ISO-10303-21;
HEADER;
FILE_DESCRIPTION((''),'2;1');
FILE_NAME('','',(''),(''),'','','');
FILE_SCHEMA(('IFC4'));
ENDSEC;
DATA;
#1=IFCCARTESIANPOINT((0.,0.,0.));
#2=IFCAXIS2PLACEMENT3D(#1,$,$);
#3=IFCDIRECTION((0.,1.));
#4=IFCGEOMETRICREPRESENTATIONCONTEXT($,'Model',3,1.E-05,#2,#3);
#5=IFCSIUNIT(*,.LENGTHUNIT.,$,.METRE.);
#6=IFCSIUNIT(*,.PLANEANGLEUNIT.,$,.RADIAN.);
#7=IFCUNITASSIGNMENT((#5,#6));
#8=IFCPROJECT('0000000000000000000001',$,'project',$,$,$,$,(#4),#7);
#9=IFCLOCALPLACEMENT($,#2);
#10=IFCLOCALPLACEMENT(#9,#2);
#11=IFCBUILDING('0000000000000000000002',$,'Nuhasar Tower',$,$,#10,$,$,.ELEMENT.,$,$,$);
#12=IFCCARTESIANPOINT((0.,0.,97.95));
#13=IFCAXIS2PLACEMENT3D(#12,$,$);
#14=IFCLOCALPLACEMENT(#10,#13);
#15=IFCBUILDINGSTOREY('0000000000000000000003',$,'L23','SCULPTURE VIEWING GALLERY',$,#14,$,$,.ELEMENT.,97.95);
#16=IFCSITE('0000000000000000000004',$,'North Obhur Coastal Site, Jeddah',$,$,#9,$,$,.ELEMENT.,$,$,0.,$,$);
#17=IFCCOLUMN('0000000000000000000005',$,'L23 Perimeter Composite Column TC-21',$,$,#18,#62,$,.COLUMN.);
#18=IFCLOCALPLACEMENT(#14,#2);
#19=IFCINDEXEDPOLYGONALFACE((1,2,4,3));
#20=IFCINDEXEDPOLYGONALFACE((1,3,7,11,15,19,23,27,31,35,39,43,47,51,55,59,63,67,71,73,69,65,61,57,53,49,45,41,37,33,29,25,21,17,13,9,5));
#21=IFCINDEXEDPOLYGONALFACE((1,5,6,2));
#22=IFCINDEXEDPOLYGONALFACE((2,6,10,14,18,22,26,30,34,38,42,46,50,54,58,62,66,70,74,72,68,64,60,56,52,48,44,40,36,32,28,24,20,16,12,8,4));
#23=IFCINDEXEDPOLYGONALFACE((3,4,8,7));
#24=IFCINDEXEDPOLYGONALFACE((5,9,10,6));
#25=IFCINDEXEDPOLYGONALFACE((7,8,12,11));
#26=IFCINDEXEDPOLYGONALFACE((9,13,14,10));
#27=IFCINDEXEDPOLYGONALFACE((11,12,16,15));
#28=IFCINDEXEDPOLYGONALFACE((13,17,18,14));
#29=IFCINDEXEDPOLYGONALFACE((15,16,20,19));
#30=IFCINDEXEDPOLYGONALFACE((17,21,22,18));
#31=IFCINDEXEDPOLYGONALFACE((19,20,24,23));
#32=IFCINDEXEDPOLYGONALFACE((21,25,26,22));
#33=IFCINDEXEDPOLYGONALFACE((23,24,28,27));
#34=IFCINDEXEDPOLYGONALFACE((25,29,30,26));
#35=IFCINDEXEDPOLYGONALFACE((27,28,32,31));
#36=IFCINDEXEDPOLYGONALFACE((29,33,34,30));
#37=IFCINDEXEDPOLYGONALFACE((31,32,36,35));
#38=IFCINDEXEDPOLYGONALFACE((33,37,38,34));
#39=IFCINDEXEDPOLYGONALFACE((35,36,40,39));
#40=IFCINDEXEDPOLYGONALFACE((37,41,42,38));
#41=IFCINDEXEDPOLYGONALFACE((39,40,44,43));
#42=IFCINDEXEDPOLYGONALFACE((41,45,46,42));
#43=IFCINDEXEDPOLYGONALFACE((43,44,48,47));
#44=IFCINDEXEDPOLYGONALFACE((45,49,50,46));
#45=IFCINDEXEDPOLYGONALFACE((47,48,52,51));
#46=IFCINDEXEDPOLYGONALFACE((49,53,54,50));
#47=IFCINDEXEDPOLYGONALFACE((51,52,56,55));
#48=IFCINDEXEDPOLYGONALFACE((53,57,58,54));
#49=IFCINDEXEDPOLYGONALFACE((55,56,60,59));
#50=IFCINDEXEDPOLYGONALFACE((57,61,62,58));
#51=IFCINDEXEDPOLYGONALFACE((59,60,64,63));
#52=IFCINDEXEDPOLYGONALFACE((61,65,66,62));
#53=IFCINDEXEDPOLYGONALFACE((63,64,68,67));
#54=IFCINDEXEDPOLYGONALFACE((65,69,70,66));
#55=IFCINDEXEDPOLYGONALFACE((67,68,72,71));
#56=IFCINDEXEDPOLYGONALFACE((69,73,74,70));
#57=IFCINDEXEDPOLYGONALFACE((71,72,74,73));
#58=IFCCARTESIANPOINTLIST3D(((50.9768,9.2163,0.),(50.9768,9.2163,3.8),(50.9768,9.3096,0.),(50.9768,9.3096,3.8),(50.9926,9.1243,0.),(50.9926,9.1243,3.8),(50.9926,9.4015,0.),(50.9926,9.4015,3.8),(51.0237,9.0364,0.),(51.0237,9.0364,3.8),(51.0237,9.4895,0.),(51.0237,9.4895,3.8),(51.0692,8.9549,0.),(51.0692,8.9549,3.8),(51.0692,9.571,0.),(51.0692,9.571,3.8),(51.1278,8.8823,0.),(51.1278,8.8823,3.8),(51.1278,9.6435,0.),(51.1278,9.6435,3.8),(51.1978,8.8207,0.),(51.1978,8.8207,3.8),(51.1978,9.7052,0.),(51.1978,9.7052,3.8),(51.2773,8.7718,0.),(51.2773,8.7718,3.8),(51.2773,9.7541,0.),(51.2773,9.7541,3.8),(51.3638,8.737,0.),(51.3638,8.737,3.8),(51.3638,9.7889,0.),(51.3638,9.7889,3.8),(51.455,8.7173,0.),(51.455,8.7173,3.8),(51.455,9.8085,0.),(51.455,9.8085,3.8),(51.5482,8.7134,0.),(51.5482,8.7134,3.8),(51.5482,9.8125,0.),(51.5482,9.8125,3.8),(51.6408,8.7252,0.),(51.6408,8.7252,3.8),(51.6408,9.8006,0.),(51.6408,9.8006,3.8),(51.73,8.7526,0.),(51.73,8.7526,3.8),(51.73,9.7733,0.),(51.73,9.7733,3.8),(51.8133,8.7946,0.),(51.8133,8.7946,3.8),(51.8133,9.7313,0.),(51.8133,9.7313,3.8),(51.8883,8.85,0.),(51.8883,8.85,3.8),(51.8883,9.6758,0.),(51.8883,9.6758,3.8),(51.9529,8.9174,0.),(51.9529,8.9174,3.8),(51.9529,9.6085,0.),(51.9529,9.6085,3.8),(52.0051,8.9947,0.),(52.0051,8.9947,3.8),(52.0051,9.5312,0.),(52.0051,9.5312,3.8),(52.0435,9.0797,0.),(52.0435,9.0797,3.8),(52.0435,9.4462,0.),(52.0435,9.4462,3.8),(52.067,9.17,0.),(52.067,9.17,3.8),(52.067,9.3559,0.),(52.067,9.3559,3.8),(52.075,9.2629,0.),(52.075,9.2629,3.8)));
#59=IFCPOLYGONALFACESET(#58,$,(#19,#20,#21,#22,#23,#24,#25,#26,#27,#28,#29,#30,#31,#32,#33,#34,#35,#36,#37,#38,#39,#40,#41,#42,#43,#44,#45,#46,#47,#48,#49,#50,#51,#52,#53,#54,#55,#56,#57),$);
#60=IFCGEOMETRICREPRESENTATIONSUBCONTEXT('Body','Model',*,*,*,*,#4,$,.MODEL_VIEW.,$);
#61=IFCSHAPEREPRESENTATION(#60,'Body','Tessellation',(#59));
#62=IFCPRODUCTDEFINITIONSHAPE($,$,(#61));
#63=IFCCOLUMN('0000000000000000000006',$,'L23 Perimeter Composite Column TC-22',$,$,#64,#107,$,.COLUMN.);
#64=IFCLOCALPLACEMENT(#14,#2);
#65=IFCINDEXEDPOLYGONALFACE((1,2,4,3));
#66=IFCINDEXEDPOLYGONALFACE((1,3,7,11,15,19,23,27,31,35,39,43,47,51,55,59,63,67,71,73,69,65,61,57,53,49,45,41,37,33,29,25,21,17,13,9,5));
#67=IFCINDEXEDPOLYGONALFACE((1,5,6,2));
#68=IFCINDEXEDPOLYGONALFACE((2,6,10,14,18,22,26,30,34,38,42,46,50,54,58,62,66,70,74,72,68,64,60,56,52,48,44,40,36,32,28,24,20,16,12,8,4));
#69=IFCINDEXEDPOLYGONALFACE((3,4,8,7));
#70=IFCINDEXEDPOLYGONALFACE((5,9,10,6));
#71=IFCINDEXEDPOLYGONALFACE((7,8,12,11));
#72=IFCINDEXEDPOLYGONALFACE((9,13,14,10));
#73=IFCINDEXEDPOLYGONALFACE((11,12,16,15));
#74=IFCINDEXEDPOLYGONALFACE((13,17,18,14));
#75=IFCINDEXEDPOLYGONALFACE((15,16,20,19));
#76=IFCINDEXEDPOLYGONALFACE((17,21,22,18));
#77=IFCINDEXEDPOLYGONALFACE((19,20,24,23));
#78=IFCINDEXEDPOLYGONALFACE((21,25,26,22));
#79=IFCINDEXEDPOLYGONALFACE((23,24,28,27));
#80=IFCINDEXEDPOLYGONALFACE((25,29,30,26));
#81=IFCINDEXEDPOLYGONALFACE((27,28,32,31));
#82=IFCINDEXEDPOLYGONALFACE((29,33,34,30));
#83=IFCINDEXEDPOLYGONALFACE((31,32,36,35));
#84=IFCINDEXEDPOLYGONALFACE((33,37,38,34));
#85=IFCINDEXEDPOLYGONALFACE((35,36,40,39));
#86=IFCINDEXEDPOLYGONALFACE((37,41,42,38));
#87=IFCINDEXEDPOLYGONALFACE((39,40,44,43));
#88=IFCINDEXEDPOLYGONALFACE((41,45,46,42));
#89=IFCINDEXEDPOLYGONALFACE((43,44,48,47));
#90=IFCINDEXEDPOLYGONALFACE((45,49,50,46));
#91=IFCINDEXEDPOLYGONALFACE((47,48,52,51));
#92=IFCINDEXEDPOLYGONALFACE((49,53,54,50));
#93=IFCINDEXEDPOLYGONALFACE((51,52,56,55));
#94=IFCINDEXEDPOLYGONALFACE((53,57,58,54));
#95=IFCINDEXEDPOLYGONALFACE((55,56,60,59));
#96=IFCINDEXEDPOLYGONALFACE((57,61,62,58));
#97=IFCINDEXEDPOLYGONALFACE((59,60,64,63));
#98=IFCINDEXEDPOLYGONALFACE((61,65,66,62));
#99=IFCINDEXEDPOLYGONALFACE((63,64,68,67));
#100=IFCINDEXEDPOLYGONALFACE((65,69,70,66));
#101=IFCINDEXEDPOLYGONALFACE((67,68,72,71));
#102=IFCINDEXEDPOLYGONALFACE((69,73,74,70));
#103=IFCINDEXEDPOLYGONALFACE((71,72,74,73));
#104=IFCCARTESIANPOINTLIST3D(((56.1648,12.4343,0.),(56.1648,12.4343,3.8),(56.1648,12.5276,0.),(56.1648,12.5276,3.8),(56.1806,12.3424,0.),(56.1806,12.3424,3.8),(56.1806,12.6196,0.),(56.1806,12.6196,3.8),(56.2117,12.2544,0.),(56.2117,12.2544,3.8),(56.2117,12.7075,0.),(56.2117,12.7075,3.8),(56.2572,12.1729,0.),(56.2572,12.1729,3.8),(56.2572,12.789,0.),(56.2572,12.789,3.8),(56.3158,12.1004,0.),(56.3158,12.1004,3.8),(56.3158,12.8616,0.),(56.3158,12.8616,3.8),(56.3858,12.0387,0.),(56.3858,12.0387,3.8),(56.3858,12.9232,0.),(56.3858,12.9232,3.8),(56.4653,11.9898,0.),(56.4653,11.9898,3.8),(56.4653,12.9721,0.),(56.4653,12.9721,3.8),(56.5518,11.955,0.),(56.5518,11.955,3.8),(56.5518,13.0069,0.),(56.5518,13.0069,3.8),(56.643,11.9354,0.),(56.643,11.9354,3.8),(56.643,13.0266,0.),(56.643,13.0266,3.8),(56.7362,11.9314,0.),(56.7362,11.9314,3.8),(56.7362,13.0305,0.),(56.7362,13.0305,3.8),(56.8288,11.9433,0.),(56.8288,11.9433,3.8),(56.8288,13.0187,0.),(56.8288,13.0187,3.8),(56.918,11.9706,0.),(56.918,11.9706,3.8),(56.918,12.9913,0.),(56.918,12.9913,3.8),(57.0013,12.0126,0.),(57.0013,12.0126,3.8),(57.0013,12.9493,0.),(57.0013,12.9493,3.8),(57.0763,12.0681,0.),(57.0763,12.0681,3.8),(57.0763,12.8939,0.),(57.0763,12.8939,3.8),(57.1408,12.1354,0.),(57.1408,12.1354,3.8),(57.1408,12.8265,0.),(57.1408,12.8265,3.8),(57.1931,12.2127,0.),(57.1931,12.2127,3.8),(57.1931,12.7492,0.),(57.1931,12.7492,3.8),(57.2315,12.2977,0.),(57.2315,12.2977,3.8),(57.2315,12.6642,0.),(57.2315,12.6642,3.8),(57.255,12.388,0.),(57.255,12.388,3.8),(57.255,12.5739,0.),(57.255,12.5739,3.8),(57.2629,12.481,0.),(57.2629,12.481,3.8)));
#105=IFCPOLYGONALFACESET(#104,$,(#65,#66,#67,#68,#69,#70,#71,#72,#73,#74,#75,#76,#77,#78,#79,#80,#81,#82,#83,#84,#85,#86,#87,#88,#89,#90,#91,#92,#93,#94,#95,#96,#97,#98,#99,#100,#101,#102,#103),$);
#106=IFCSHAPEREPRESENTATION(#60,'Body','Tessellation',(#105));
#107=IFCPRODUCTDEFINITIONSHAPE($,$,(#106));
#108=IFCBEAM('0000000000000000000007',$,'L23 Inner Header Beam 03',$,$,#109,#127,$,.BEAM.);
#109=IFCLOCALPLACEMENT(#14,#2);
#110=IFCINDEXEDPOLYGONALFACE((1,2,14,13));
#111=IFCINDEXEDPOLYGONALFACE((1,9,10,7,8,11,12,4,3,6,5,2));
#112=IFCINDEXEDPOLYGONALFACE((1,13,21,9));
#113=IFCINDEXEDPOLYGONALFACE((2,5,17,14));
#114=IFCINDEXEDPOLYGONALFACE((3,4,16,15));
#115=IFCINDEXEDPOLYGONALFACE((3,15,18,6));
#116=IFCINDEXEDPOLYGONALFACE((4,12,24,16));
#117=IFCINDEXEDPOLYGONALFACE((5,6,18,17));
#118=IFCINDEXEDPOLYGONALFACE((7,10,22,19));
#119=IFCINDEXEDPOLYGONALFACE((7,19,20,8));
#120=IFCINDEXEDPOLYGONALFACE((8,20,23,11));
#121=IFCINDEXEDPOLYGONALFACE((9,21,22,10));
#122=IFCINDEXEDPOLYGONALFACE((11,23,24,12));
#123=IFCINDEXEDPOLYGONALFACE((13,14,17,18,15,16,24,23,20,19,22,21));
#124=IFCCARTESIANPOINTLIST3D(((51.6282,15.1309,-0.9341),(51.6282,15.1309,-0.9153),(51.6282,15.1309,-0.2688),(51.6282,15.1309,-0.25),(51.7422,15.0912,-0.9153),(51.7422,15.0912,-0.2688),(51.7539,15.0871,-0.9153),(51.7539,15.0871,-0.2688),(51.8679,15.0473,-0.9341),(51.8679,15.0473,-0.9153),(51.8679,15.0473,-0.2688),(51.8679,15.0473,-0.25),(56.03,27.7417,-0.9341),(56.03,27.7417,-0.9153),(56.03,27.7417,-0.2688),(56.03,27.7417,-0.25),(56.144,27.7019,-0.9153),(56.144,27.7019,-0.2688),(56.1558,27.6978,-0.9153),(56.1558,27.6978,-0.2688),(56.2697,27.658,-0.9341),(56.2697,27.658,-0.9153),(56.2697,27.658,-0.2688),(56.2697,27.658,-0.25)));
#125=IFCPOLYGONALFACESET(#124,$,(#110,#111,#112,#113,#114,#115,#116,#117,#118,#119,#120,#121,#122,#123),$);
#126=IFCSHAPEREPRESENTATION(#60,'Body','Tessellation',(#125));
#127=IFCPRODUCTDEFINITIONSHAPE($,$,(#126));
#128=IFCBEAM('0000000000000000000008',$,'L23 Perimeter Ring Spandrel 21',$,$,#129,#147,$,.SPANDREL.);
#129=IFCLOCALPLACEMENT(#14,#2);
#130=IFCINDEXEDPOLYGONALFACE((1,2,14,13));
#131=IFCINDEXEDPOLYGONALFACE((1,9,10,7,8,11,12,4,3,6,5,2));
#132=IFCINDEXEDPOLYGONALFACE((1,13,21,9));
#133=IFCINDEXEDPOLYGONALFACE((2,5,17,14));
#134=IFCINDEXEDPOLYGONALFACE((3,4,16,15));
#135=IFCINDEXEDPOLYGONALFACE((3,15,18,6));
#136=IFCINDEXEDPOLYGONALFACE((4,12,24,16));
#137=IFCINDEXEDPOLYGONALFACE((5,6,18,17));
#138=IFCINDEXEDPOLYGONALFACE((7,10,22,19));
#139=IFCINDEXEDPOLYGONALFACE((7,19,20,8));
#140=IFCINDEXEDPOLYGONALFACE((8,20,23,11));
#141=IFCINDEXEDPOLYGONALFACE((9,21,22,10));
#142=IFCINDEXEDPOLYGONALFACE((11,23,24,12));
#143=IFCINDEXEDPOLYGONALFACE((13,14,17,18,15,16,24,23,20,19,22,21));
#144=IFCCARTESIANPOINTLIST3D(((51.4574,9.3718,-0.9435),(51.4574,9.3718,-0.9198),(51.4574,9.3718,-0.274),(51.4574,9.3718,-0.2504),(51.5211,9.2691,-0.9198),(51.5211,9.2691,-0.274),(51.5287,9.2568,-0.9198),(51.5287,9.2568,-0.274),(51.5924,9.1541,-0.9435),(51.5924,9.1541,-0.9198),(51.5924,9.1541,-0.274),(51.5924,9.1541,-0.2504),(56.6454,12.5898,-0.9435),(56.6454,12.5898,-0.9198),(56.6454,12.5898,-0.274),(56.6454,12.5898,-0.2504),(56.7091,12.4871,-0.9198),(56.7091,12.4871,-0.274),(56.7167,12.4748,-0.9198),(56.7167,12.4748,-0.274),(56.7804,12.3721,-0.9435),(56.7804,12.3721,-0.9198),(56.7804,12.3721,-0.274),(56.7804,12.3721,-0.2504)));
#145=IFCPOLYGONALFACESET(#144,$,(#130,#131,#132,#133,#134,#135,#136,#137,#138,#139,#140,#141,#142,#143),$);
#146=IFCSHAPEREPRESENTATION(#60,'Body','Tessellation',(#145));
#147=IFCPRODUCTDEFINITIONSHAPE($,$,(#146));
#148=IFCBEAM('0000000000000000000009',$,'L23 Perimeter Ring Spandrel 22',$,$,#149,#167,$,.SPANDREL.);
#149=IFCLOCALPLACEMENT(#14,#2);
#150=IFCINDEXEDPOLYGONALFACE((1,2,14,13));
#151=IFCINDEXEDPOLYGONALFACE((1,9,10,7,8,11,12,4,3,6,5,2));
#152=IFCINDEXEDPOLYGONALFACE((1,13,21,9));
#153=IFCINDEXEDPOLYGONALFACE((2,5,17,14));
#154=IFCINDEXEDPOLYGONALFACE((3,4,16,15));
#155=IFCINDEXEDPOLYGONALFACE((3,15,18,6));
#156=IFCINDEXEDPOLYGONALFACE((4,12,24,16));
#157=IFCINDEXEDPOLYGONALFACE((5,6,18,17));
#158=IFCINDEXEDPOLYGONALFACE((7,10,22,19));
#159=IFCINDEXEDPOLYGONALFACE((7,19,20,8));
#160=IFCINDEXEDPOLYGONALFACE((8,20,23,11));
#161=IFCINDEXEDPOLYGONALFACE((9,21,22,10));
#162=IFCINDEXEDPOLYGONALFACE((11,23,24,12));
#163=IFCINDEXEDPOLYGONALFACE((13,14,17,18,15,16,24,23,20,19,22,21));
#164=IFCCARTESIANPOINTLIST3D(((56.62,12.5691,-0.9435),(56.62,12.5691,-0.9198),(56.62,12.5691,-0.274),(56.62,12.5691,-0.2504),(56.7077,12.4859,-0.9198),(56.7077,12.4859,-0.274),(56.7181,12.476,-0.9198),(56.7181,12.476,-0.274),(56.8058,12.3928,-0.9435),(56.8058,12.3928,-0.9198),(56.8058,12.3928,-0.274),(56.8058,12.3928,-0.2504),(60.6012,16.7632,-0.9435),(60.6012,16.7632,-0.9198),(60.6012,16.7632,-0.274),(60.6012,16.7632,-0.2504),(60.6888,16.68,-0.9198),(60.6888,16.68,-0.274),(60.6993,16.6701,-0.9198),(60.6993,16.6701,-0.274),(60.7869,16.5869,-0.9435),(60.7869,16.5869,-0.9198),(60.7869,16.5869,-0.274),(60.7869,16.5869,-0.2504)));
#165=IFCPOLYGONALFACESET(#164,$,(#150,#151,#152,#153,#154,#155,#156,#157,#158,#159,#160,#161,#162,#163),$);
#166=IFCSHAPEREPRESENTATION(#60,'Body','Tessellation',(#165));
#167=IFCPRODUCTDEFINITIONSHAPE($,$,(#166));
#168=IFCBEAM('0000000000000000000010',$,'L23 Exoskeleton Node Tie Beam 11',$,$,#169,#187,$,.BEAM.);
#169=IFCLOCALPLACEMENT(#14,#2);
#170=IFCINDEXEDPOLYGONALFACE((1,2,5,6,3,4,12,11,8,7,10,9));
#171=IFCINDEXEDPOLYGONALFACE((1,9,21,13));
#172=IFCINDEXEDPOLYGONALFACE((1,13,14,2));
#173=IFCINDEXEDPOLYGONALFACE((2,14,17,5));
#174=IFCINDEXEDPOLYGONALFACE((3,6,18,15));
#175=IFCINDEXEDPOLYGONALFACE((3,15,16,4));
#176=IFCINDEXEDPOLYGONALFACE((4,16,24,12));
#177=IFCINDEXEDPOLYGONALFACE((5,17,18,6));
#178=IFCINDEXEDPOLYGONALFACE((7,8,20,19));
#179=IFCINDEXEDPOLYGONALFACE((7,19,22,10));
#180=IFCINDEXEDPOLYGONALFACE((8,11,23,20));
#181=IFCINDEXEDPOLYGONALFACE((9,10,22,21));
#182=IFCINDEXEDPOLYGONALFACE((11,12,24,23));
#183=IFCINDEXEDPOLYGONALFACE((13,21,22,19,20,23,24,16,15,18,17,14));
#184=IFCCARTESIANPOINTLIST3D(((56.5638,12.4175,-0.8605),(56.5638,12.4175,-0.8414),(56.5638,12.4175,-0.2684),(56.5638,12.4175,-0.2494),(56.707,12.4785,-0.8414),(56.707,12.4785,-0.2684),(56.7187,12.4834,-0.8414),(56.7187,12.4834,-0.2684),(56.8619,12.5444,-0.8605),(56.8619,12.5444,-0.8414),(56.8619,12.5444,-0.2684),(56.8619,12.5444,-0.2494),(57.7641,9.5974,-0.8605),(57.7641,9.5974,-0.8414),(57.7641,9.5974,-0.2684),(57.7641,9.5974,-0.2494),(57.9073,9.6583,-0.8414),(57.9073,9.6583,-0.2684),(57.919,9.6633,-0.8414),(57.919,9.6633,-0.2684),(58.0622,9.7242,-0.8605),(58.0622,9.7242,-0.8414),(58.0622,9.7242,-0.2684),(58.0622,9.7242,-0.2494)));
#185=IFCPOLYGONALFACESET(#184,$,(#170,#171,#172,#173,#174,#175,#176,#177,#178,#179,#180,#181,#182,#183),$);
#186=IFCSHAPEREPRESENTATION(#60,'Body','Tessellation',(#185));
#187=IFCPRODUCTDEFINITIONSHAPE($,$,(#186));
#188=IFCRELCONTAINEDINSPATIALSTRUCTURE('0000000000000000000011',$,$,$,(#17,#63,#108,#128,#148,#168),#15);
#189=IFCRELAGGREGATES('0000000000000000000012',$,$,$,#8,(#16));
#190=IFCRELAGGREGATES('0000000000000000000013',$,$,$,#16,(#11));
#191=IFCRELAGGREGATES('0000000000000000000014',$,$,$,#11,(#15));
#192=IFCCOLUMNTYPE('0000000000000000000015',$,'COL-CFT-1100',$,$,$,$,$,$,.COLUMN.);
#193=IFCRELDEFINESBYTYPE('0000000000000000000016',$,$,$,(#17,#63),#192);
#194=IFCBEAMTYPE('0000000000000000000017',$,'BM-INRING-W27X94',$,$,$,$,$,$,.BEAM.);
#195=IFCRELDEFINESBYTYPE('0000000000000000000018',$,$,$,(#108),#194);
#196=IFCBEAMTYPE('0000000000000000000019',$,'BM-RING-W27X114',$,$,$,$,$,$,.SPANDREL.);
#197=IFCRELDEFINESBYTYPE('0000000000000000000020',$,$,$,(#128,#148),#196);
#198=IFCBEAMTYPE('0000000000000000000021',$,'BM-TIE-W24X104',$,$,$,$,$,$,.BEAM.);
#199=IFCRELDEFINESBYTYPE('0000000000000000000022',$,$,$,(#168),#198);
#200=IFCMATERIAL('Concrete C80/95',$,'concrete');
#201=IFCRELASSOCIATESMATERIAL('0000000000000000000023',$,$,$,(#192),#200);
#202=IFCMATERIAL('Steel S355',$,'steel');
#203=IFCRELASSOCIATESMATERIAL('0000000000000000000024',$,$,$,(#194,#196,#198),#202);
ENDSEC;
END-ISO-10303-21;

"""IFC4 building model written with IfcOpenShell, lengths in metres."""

from ifc_helpers import new_model, si_unit, direction, frame, origin, origin_2d, place, context, subcontext, project, spatial, circle, i_section, extrude, material, material_profile, profile_set, type_object, element, save


model = new_model("IFC4")

# Units and contexts
model_context = context("Model", 3, precision=1e-05, world=origin(), true_north=direction((0.0, 1.0)))
body_context = subcontext(model_context, "Body", "Model", "MODEL_VIEW")
ifc_project = project(units=[si_unit("LENGTHUNIT", "METRE"), si_unit("PLANEANGLEUNIT", "RADIAN")], contexts=[model_context])

# Site, building, storey
site_placement = place(None, origin())
site = spatial("IfcSite", under=ifc_project, at=site_placement, Name="North Obhur Coastal Site, Jeddah", CompositionType="ELEMENT", RefElevation=0.0)
building_placement = place(site_placement, origin())
building = spatial("IfcBuilding", under=site, at=building_placement, Name="Nuhasar Tower", CompositionType="ELEMENT")
storey_placement = place(building_placement, frame((0.0, 0.0, 97.95)))
storey = spatial("IfcBuildingStorey", under=building, at=storey_placement, Name="L23", Description="SCULPTURE VIEWING GALLERY", CompositionType="ELEMENT", Elevation=97.95)

# Columns
ifc_material_1 = material(Name="Concrete C80/95", Category="concrete")
ifc_material_profile_1 = material_profile(ifc_material_1, circle(Radius=0.55, at=origin_2d()), Name="CFT1100")
ifc_profile_set_1 = profile_set([ifc_material_profile_1], Name="Concrete C80/95")
column_type = type_object("IfcColumnType", Name="COL-CFT-1100", PredefinedType="COLUMN", material=ifc_profile_set_1)
for number, where, z_axis, x_axis, name in (
    (1, (51.5249, 9.2629, 0.0), (0.0, 0.0, 1.0), (1.0, 0.0, 0.0), "L23 Perimeter Composite Column TC-21"),
    (2, (56.7129, 12.481, 0.0), (0.0, 0.0, 1.0), (1.0, 0.0, 0.0), "L23 Perimeter Composite Column TC-22"),
):
    element("IfcColumn", number, at=place(storey_placement, frame(where, z_axis=z_axis, x_axis=x_axis)), inside=storey, type_object=column_type, Name=name, PredefinedType="COLUMN", context=body_context, shape_type="SweptSolid", body=[
        extrude(circle(Radius=0.55, at=origin_2d()), origin(), (0.0, 0.0, 1.0), 3.8),
    ])

# Beams
ifc_material_2 = material(Name="Steel S355", Category="steel")
ifc_material_profile_2 = material_profile(ifc_material_2, i_section(OverallWidth=0.2539, OverallDepth=0.6841, WebThickness=0.0125, FlangeThickness=0.0188, at=origin_2d()), Name="W27X94")
ifc_profile_set_2 = profile_set([ifc_material_profile_2], Name="Steel S355")
beam_type_1 = type_object("IfcBeamType", Name="BM-INRING-W27X94", PredefinedType="BEAM", material=ifc_profile_set_2)
beam_1_placement = place(storey_placement, frame((51.748, 15.0891, -0.592), z_axis=(0.329554, 0.944137, 0.0), x_axis=(-0.944137, 0.329554, 0.0)))
element("IfcBeam", 3, at=beam_1_placement, inside=storey, type_object=beam_type_1, Name="L23 Inner Header Beam 03", PredefinedType="BEAM", context=body_context, shape_type="SweptSolid", body=[
    extrude(i_section(OverallWidth=0.2539, OverallDepth=0.6841, WebThickness=0.0125, FlangeThickness=0.0188, at=origin_2d()), origin(), (0.0, 0.0, 1.0), 13.3569),
])
ifc_material_profile_3 = material_profile(ifc_material_2, i_section(OverallWidth=0.2561, OverallDepth=0.6931, WebThickness=0.0144, FlangeThickness=0.0237, at=origin_2d()), Name="W27X114")
ifc_profile_set_3 = profile_set([ifc_material_profile_3], Name="Steel S355")
beam_type_2 = type_object("IfcBeamType", Name="BM-RING-W27X114", PredefinedType="SPANDREL", material=ifc_profile_set_3)
beam_2_placement = place(storey_placement, frame((51.5249, 9.2629, -0.5969), z_axis=(0.849795, 0.527113, 0.0), x_axis=(-0.527113, 0.849795, 0.0)))
element("IfcBeam", 4, at=beam_2_placement, inside=storey, type_object=beam_type_2, Name="L23 Perimeter Ring Spandrel 21", PredefinedType="SPANDREL", context=body_context, shape_type="SweptSolid", body=[
    extrude(i_section(OverallWidth=0.2561, OverallDepth=0.6931, WebThickness=0.0144, FlangeThickness=0.0237, at=origin_2d()), origin(), (0.0, 0.0, 1.0), 6.105),
])
beam_3_placement = place(storey_placement, frame((56.7129, 12.481, -0.5969), z_axis=(0.68846, 0.725274, 0.0), x_axis=(-0.725274, 0.68846, 0.0)))
element("IfcBeam", 5, at=beam_3_placement, inside=storey, type_object=beam_type_2, Name="L23 Perimeter Ring Spandrel 22", PredefinedType="SPANDREL", context=body_context, shape_type="SweptSolid", body=[
    extrude(i_section(OverallWidth=0.2561, OverallDepth=0.6931, WebThickness=0.0144, FlangeThickness=0.0237, at=origin_2d()), origin(), (0.0, 0.0, 1.0), 5.7827),
])
ifc_material_profile_4 = material_profile(ifc_material_2, i_section(OverallWidth=0.324, OverallDepth=0.6111, WebThickness=0.0127, FlangeThickness=0.019, at=origin_2d()), Name="W24X104")
ifc_profile_set_4 = profile_set([ifc_material_profile_4], Name="Steel S355")
beam_type_3 = type_object("IfcBeamType", Name="BM-TIE-W24X104", PredefinedType="BEAM", material=ifc_profile_set_4)
beam_4_placement = place(storey_placement, frame((56.7129, 12.481, -0.5549), z_axis=(0.391601, -0.920135, 0.0), x_axis=(0.920135, 0.391601, 0.0)))
element("IfcBeam", 6, at=beam_4_placement, inside=storey, type_object=beam_type_3, Name="L23 Exoskeleton Node Tie Beam 11", PredefinedType="BEAM", context=body_context, shape_type="SweptSolid", body=[
    extrude(i_section(OverallWidth=0.324, OverallDepth=0.6111, WebThickness=0.0127, FlangeThickness=0.019, at=origin_2d()), origin(), (0.0, 0.0, 1.0), 3.0649),
])

save(model, "model.ifc")
